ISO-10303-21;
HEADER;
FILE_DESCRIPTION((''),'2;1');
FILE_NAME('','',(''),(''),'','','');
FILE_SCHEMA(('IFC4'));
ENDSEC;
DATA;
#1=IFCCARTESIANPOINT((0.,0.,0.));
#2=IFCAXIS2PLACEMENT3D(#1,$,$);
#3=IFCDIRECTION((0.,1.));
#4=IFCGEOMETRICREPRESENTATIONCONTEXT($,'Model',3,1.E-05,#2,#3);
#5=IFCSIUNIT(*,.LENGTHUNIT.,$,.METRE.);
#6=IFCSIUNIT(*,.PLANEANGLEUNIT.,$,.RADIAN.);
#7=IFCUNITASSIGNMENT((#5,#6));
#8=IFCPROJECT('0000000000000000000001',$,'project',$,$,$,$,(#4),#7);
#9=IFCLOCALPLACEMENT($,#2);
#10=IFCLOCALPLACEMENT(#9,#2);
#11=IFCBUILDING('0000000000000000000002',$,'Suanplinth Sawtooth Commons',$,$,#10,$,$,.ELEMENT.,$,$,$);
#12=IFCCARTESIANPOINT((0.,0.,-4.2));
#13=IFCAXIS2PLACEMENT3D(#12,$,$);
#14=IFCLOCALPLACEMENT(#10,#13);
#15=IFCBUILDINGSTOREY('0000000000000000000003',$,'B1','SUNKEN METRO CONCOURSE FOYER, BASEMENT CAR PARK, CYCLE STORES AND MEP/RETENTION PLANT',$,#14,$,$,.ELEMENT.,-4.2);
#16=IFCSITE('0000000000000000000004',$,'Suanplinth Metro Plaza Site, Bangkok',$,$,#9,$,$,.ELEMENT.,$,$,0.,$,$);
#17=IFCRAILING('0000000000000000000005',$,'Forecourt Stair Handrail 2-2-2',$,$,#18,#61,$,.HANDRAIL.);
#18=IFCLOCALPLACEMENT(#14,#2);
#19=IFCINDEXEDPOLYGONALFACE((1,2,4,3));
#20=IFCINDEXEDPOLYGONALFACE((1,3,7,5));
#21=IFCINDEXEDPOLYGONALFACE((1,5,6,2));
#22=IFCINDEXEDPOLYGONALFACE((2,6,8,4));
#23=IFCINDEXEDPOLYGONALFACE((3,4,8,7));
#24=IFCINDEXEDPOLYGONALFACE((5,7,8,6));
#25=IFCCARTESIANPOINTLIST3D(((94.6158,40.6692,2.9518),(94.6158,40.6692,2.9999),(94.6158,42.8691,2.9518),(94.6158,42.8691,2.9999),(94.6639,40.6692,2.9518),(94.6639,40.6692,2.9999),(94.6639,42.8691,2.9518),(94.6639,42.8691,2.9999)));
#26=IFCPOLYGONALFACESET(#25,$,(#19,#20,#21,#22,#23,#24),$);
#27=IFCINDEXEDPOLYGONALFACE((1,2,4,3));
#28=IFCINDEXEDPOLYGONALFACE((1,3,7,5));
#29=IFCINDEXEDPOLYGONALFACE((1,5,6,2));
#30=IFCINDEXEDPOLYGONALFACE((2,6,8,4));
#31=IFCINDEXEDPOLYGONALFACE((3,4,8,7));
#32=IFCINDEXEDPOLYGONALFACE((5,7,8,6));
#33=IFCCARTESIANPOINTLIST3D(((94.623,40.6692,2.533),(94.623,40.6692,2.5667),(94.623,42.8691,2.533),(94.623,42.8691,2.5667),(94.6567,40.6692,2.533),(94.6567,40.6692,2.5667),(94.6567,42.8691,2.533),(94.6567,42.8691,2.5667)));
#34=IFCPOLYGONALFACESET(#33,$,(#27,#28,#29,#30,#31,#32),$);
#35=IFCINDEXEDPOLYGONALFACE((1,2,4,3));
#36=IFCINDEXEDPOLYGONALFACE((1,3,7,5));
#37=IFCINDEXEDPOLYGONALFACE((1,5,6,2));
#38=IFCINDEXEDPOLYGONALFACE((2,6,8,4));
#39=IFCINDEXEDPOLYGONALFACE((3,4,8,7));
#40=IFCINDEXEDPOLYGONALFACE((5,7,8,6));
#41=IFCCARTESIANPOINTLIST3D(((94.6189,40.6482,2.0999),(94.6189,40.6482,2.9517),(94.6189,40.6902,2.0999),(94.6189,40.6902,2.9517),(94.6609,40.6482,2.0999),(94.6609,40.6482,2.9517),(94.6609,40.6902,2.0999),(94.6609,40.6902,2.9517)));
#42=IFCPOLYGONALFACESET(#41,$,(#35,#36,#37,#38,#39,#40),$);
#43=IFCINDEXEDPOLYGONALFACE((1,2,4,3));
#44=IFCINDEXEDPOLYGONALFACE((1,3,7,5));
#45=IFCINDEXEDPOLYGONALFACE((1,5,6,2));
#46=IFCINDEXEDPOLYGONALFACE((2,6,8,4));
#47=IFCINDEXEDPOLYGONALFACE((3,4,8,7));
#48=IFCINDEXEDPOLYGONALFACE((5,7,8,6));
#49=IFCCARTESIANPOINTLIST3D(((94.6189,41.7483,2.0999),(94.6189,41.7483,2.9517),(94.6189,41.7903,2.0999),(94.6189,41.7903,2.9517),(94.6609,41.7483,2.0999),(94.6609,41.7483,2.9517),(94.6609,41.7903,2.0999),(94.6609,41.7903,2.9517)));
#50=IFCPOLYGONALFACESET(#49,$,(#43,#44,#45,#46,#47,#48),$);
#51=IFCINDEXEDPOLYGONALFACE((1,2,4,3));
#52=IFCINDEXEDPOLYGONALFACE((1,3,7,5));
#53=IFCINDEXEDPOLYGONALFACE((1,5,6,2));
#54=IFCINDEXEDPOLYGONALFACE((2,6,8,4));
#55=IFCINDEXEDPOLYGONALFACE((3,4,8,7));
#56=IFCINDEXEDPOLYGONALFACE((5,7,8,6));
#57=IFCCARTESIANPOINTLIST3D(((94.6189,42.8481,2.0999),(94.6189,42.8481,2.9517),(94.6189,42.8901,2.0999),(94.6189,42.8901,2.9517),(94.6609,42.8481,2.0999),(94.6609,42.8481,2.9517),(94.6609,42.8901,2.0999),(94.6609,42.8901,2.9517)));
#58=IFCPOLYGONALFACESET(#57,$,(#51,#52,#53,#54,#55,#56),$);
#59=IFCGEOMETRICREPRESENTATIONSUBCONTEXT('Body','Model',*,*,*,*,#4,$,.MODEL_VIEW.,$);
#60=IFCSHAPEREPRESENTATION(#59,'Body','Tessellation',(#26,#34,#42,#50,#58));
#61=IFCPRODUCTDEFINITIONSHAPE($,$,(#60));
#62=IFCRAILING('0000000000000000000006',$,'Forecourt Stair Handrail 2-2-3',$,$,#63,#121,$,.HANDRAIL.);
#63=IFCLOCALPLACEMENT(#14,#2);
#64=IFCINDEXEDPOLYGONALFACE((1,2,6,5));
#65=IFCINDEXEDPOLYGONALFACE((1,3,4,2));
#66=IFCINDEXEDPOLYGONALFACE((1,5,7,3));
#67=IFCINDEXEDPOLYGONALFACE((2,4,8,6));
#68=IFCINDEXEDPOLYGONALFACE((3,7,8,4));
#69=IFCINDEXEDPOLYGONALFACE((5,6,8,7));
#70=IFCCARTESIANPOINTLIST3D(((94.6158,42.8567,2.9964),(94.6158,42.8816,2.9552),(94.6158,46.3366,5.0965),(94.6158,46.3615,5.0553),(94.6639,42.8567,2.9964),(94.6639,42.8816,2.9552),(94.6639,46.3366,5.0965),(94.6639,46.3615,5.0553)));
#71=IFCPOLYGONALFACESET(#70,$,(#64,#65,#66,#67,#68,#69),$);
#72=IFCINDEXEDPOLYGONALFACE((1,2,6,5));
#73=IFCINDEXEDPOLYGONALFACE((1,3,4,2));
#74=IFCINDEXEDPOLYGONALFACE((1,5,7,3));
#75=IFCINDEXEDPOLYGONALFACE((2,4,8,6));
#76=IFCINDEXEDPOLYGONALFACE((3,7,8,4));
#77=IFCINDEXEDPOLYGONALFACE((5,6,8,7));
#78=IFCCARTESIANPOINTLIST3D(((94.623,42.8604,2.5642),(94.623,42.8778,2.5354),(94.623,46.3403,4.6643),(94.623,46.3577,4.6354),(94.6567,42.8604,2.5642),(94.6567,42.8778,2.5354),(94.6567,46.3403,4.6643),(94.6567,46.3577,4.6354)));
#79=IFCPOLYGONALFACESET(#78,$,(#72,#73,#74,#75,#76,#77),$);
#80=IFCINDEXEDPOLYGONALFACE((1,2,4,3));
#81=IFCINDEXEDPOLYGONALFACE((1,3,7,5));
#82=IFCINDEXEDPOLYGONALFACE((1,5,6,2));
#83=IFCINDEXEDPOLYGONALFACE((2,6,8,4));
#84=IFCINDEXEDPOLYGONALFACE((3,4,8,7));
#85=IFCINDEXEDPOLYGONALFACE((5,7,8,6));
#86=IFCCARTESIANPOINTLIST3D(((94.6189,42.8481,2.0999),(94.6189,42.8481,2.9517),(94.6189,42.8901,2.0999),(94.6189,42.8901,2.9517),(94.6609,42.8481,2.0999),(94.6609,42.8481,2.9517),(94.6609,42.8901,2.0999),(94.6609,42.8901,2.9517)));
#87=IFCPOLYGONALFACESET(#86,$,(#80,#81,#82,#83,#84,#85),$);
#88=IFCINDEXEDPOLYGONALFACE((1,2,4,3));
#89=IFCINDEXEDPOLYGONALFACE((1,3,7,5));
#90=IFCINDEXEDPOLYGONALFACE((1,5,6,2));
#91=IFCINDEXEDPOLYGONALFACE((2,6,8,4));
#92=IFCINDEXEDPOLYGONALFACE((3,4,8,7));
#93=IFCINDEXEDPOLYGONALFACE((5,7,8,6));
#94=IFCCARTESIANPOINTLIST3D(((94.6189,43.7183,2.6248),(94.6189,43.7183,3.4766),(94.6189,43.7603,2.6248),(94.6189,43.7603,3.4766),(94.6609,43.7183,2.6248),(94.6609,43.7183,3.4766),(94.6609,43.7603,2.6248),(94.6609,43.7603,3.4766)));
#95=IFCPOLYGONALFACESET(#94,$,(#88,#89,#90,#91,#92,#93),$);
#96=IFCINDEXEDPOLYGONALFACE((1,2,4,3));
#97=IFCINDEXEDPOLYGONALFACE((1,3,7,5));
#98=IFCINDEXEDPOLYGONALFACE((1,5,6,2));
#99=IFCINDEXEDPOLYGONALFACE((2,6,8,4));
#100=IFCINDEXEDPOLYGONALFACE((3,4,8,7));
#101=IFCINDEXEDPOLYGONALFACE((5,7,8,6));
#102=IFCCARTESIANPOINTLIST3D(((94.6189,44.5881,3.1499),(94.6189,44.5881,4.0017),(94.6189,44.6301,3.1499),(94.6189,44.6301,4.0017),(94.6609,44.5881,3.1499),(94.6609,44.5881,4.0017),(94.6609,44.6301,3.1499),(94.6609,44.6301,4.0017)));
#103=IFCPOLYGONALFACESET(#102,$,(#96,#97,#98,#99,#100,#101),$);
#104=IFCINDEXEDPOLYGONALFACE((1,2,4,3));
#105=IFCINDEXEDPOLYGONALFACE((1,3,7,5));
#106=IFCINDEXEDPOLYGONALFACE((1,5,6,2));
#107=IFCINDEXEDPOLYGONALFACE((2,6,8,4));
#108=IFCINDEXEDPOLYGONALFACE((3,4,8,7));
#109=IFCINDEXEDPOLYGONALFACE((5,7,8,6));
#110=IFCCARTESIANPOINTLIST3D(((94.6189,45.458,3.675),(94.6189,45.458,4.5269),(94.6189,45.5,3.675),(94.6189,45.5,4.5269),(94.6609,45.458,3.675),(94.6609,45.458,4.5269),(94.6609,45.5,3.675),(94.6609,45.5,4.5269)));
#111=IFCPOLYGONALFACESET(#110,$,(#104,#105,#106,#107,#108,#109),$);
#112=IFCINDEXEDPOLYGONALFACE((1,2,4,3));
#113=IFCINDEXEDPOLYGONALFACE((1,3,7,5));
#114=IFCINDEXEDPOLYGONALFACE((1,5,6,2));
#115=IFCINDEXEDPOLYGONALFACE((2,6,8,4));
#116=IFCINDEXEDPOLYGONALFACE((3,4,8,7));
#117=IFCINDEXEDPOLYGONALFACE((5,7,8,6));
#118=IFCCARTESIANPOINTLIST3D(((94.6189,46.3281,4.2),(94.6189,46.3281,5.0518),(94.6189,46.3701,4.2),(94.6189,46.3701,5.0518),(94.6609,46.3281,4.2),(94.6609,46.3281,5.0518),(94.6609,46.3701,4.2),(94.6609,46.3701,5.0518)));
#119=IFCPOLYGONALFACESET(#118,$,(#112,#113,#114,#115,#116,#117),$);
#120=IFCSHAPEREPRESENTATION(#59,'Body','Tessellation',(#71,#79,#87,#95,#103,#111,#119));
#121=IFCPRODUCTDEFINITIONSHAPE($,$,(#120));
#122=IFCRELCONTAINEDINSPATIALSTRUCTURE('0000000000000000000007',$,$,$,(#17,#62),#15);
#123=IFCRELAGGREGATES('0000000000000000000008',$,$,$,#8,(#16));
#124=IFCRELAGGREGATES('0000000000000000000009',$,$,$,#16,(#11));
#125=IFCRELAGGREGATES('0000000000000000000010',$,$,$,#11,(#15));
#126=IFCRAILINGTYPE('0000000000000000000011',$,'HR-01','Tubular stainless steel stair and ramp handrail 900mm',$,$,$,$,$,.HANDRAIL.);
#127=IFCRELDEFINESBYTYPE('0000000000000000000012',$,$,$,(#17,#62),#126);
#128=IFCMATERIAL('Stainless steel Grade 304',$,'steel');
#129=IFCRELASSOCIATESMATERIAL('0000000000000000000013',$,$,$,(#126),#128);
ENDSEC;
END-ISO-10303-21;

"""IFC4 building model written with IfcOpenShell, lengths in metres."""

from ifc_helpers import new_model, si_unit, direction, frame, origin, origin_2d, place, context, subcontext, project, spatial, rectangle, extrude, material, type_object, element, save


model = new_model("IFC4")

# Units and contexts
model_context = context("Model", 3, precision=1e-05, world=origin(), true_north=direction((0.0, 1.0)))
body_context = subcontext(model_context, "Body", "Model", "MODEL_VIEW")
ifc_project = project(units=[si_unit("LENGTHUNIT", "METRE"), si_unit("PLANEANGLEUNIT", "RADIAN")], contexts=[model_context])

# Site, building, storey
site_placement = place(None, origin())
site = spatial("IfcSite", under=ifc_project, at=site_placement, Name="Suanplinth Metro Plaza Site, Bangkok", CompositionType="ELEMENT", RefElevation=0.0)
building_placement = place(site_placement, origin())
building = spatial("IfcBuilding", under=site, at=building_placement, Name="Suanplinth Sawtooth Commons", CompositionType="ELEMENT")
storey_placement = place(building_placement, frame((0.0, 0.0, -4.2)))
storey = spatial("IfcBuildingStorey", under=building, at=storey_placement, Name="B1", Description="SUNKEN METRO CONCOURSE FOYER, BASEMENT CAR PARK, CYCLE STORES AND MEP/RETENTION PLANT", CompositionType="ELEMENT", Elevation=-4.2)

# Railings
ifc_material_1 = material(Name="Stainless steel Grade 304", Category="steel")
railing_type_1 = type_object("IfcRailingType", Name="HR-01", Description="Tubular stainless steel stair and ramp handrail 900mm", PredefinedType="HANDRAIL", material=ifc_material_1)
railing_1_placement = place(storey_placement, frame((94.6399, 40.6692, 2.0999)))
element("IfcRailing", 1, at=railing_1_placement, inside=storey, type_object=railing_type_1, Name="Forecourt Stair Handrail 2-2-2", PredefinedType="HANDRAIL", context=body_context, shape_type="SweptSolid", body=[
    extrude(rectangle(XDim=0.0481, YDim=0.0481, at=origin_2d()), frame((0.0, 0.0, 0.876), z_axis=(0.0, 1.0, 0.0), x_axis=(-1.0, 0.0, 0.0)), (0.0, 0.0, 1.0), 2.2),
    extrude(rectangle(XDim=0.0337, YDim=0.0337, at=origin_2d()), frame((0.0, 0.0, 0.45), z_axis=(0.0, 1.0, 0.0), x_axis=(-1.0, 0.0, 0.0)), (0.0, 0.0, 1.0), 2.2),
    extrude(rectangle(XDim=0.042, YDim=0.042, at=origin_2d()), origin(), (0.0, 0.0, 1.0), 0.8518),
    extrude(rectangle(XDim=0.042, YDim=0.042, at=origin_2d()), frame((0.0, 1.1001, 0.0)), (0.0, 0.0, 1.0), 0.8518),
    extrude(rectangle(XDim=0.042, YDim=0.042, at=origin_2d()), frame((0.0, 2.2, 0.0)), (0.0, 0.0, 1.0), 0.8518),
])
railing_2_placement = place(storey_placement, frame((94.6399, 42.8691, 2.0999)))
element("IfcRailing", 2, at=railing_2_placement, inside=storey, type_object=railing_type_1, Name="Forecourt Stair Handrail 2-2-3", PredefinedType="HANDRAIL", context=body_context, shape_type="SweptSolid", body=[
    extrude(rectangle(XDim=0.0481, YDim=0.0481, at=origin_2d()), frame((0.0, 0.0, 0.876), z_axis=(0.0, 0.856176, 0.516685), x_axis=(-1.0, 0.0, 0.0)), (0.0, 0.0, 1.0), 4.0645),
    extrude(rectangle(XDim=0.0337, YDim=0.0337, at=origin_2d()), frame((0.0, 0.0, 0.45), z_axis=(0.0, 0.856176, 0.516685), x_axis=(-1.0, 0.0, 0.0)), (0.0, 0.0, 1.0), 4.0645),
    extrude(rectangle(XDim=0.042, YDim=0.042, at=origin_2d()), origin(), (0.0, 0.0, 1.0), 0.8518),
    extrude(rectangle(XDim=0.042, YDim=0.042, at=origin_2d()), frame((0.0, 0.8701, 0.5249)), (0.0, 0.0, 1.0), 0.8518),
    extrude(rectangle(XDim=0.042, YDim=0.042, at=origin_2d()), frame((0.0, 1.74, 1.05)), (0.0, 0.0, 1.0), 0.8518),
    extrude(rectangle(XDim=0.042, YDim=0.042, at=origin_2d()), frame((0.0, 2.6099, 1.5752)), (0.0, 0.0, 1.0), 0.8518),
    extrude(rectangle(XDim=0.042, YDim=0.042, at=origin_2d()), frame((0.0, 3.48, 2.1001)), (0.0, 0.0, 1.0), 0.8518),
])

save(model, "model.ifc")
